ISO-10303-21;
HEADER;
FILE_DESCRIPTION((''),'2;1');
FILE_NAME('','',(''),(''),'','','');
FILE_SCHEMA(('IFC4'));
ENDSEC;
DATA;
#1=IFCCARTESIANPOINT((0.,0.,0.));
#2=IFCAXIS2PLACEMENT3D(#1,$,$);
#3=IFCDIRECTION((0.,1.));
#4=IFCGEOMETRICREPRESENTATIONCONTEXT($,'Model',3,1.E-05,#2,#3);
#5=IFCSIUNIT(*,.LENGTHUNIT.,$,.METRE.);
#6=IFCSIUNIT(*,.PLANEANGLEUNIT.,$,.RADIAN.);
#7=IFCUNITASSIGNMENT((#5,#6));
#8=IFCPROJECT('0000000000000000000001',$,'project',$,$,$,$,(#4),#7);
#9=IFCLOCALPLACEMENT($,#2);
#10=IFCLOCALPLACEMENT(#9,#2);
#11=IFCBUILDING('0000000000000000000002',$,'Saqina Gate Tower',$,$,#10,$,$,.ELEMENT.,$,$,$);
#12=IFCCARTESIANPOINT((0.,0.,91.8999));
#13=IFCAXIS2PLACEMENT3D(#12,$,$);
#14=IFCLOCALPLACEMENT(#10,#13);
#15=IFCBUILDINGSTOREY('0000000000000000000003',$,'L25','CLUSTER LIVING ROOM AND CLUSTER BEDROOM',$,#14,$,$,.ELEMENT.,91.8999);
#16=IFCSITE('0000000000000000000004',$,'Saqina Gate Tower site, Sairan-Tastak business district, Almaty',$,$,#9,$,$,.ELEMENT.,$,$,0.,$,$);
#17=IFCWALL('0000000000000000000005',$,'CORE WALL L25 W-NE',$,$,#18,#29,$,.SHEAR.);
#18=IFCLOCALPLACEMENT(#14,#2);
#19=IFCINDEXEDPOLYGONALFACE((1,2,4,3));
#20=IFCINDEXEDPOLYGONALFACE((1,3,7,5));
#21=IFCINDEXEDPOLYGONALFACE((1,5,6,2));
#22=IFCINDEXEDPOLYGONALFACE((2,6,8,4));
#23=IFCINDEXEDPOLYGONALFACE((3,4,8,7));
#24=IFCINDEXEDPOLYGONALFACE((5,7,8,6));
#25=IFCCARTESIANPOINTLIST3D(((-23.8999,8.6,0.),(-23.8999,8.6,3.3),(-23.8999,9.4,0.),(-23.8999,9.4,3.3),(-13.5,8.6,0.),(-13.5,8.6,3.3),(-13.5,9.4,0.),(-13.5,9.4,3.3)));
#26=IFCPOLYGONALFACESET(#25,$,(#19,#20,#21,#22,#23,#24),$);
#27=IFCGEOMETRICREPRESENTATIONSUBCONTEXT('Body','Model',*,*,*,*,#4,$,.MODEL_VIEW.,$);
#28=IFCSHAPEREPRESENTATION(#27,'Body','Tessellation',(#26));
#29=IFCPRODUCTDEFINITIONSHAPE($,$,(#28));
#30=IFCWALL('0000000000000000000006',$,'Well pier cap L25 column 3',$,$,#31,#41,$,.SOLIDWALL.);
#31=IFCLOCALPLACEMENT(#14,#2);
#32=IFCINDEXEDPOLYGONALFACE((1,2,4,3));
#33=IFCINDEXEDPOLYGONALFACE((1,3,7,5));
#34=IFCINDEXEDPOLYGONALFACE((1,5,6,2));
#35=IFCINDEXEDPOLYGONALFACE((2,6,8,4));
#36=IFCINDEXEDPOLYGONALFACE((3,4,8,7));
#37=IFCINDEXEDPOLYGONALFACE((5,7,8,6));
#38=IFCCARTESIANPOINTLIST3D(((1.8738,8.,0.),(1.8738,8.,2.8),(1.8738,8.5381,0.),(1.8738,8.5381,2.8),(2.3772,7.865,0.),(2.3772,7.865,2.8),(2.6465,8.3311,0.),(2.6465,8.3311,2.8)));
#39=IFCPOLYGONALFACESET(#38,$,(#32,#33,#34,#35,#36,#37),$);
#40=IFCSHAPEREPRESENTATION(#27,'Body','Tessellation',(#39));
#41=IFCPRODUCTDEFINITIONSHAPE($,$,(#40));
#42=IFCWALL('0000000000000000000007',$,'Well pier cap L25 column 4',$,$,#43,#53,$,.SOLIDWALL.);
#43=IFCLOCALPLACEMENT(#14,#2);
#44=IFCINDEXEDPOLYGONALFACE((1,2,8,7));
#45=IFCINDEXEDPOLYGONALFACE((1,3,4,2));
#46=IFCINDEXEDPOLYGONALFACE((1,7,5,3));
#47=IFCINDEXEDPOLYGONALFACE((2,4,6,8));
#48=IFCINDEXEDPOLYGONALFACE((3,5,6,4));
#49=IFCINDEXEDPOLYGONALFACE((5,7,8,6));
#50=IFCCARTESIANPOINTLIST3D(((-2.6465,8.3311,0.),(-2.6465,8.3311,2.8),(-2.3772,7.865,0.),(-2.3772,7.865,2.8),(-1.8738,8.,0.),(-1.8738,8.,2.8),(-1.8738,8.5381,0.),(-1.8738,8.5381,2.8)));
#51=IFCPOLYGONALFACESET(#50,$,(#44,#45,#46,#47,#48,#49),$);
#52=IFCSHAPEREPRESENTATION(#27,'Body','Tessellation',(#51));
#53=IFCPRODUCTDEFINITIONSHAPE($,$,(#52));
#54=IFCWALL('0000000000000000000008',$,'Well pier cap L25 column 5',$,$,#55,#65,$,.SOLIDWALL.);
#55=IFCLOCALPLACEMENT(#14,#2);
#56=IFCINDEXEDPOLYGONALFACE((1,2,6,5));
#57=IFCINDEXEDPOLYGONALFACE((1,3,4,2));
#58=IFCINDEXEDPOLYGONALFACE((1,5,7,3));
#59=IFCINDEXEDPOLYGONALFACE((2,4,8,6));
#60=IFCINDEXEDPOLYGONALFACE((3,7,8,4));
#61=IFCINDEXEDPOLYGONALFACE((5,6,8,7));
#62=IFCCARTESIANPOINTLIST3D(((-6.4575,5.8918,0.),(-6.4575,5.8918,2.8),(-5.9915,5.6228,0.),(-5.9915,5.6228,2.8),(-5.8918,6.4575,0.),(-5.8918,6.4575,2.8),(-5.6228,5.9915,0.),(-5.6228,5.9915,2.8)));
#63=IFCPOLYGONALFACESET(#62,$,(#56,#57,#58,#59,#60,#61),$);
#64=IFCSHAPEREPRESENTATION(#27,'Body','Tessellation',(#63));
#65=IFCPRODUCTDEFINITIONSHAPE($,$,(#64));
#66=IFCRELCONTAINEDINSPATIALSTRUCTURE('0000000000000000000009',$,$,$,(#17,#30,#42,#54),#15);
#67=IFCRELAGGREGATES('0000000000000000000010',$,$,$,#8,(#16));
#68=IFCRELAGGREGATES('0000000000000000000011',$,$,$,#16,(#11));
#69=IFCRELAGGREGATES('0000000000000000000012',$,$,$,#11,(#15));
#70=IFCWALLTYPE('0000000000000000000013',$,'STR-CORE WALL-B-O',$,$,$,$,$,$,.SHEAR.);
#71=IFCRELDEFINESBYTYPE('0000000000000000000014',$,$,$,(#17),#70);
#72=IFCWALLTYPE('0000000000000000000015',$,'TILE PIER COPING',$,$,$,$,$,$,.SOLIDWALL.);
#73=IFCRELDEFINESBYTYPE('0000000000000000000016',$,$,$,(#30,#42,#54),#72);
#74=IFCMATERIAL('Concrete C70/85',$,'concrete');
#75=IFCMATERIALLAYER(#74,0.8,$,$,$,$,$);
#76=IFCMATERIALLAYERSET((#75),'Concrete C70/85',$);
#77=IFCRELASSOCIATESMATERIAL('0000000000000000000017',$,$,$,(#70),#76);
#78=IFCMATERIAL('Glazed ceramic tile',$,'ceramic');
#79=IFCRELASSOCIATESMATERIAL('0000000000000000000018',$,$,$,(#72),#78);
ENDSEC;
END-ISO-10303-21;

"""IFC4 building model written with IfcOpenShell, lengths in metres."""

from ifc_helpers import new_model, si_unit, direction, frame, frame_2d, origin, place, context, subcontext, project, spatial, polyline, rectangle, outline, extrude, material, layer, layer_set, type_object, element, save


model = new_model("IFC4")

# Units and contexts
model_context = context("Model", 3, precision=1e-05, world=origin(), true_north=direction((0.0, 1.0)))
body_context = subcontext(model_context, "Body", "Model", "MODEL_VIEW")
ifc_project = project(units=[si_unit("LENGTHUNIT", "METRE"), si_unit("PLANEANGLEUNIT", "RADIAN")], contexts=[model_context])

# Site, building, storey
site_placement = place(None, origin())
site = spatial("IfcSite", under=ifc_project, at=site_placement, Name="Saqina Gate Tower site, Sairan-Tastak business district, Almaty", CompositionType="ELEMENT", RefElevation=0.0)
building_placement = place(site_placement, origin())
building = spatial("IfcBuilding", under=site, at=building_placement, Name="Saqina Gate Tower", CompositionType="ELEMENT")
storey_placement = place(building_placement, frame((0.0, 0.0, 91.8999)))
storey = spatial("IfcBuildingStorey", under=building, at=storey_placement, Name="L25", Description="CLUSTER LIVING ROOM AND CLUSTER BEDROOM", CompositionType="ELEMENT", Elevation=91.8999)

# Walls
ifc_material_1 = material(Name="Concrete C70/85", Category="concrete")
ifc_layer_1 = layer(ifc_material_1, 0.8)
ifc_layer_set_1 = layer_set([ifc_layer_1], Name="Concrete C70/85")
wall_type_1 = type_object("IfcWallType", Name="STR-CORE WALL-B-O", PredefinedType="SHEAR", material=ifc_layer_set_1)
wall_1_placement = place(storey_placement, frame((-13.5, 9.0, 0.0), z_axis=(0.0, 0.0, 1.0), x_axis=(-1.0, 0.0, 0.0)))
element("IfcWall", 1, at=wall_1_placement, inside=storey, type_object=wall_type_1, Name="CORE WALL L25 W-NE", PredefinedType="SHEAR", context=body_context, shape_type="SweptSolid", body=[
    extrude(rectangle(XDim=10.3999, YDim=0.8, at=frame_2d((5.2, 0.0))), origin(), (0.0, 0.0, 1.0), 3.3),
])
ifc_material_2 = material(Name="Glazed ceramic tile", Category="ceramic")
wall_type_2 = type_object("IfcWallType", Name="TILE PIER COPING", PredefinedType="SOLIDWALL", material=ifc_material_2)
wall_2_placement = place(storey_placement, origin())
element("IfcWall", 2, at=wall_2_placement, inside=storey, type_object=wall_type_2, Name="Well pier cap L25 column 3", PredefinedType="SOLIDWALL", context=body_context, shape_type="SweptSolid", body=[
    extrude(outline(polyline([(1.8738, 8.5381), (1.8738, 8.0), (2.3772, 7.865), (2.6465, 8.3311), (1.8738, 8.5381)])), origin(), (0.0, 0.0, 1.0), 2.8),
])
wall_3_placement = place(storey_placement, origin())
element("IfcWall", 3, at=wall_3_placement, inside=storey, type_object=wall_type_2, Name="Well pier cap L25 column 4", PredefinedType="SOLIDWALL", context=body_context, shape_type="SweptSolid", body=[
    extrude(outline(polyline([(-2.6465, 8.3311), (-2.3772, 7.865), (-1.8738, 8.0), (-1.8738, 8.5381), (-2.6465, 8.3311)])), origin(), (0.0, 0.0, 1.0), 2.8),
])
wall_4_placement = place(storey_placement, origin())
element("IfcWall", 4, at=wall_4_placement, inside=storey, type_object=wall_type_2, Name="Well pier cap L25 column 5", PredefinedType="SOLIDWALL", context=body_context, shape_type="SweptSolid", body=[
    extrude(outline(polyline([(-6.4575, 5.8918), (-5.9915, 5.6228), (-5.6228, 5.9915), (-5.8918, 6.4575), (-6.4575, 5.8918)])), origin(), (0.0, 0.0, 1.0), 2.8),
])

save(model, "model.ifc")
